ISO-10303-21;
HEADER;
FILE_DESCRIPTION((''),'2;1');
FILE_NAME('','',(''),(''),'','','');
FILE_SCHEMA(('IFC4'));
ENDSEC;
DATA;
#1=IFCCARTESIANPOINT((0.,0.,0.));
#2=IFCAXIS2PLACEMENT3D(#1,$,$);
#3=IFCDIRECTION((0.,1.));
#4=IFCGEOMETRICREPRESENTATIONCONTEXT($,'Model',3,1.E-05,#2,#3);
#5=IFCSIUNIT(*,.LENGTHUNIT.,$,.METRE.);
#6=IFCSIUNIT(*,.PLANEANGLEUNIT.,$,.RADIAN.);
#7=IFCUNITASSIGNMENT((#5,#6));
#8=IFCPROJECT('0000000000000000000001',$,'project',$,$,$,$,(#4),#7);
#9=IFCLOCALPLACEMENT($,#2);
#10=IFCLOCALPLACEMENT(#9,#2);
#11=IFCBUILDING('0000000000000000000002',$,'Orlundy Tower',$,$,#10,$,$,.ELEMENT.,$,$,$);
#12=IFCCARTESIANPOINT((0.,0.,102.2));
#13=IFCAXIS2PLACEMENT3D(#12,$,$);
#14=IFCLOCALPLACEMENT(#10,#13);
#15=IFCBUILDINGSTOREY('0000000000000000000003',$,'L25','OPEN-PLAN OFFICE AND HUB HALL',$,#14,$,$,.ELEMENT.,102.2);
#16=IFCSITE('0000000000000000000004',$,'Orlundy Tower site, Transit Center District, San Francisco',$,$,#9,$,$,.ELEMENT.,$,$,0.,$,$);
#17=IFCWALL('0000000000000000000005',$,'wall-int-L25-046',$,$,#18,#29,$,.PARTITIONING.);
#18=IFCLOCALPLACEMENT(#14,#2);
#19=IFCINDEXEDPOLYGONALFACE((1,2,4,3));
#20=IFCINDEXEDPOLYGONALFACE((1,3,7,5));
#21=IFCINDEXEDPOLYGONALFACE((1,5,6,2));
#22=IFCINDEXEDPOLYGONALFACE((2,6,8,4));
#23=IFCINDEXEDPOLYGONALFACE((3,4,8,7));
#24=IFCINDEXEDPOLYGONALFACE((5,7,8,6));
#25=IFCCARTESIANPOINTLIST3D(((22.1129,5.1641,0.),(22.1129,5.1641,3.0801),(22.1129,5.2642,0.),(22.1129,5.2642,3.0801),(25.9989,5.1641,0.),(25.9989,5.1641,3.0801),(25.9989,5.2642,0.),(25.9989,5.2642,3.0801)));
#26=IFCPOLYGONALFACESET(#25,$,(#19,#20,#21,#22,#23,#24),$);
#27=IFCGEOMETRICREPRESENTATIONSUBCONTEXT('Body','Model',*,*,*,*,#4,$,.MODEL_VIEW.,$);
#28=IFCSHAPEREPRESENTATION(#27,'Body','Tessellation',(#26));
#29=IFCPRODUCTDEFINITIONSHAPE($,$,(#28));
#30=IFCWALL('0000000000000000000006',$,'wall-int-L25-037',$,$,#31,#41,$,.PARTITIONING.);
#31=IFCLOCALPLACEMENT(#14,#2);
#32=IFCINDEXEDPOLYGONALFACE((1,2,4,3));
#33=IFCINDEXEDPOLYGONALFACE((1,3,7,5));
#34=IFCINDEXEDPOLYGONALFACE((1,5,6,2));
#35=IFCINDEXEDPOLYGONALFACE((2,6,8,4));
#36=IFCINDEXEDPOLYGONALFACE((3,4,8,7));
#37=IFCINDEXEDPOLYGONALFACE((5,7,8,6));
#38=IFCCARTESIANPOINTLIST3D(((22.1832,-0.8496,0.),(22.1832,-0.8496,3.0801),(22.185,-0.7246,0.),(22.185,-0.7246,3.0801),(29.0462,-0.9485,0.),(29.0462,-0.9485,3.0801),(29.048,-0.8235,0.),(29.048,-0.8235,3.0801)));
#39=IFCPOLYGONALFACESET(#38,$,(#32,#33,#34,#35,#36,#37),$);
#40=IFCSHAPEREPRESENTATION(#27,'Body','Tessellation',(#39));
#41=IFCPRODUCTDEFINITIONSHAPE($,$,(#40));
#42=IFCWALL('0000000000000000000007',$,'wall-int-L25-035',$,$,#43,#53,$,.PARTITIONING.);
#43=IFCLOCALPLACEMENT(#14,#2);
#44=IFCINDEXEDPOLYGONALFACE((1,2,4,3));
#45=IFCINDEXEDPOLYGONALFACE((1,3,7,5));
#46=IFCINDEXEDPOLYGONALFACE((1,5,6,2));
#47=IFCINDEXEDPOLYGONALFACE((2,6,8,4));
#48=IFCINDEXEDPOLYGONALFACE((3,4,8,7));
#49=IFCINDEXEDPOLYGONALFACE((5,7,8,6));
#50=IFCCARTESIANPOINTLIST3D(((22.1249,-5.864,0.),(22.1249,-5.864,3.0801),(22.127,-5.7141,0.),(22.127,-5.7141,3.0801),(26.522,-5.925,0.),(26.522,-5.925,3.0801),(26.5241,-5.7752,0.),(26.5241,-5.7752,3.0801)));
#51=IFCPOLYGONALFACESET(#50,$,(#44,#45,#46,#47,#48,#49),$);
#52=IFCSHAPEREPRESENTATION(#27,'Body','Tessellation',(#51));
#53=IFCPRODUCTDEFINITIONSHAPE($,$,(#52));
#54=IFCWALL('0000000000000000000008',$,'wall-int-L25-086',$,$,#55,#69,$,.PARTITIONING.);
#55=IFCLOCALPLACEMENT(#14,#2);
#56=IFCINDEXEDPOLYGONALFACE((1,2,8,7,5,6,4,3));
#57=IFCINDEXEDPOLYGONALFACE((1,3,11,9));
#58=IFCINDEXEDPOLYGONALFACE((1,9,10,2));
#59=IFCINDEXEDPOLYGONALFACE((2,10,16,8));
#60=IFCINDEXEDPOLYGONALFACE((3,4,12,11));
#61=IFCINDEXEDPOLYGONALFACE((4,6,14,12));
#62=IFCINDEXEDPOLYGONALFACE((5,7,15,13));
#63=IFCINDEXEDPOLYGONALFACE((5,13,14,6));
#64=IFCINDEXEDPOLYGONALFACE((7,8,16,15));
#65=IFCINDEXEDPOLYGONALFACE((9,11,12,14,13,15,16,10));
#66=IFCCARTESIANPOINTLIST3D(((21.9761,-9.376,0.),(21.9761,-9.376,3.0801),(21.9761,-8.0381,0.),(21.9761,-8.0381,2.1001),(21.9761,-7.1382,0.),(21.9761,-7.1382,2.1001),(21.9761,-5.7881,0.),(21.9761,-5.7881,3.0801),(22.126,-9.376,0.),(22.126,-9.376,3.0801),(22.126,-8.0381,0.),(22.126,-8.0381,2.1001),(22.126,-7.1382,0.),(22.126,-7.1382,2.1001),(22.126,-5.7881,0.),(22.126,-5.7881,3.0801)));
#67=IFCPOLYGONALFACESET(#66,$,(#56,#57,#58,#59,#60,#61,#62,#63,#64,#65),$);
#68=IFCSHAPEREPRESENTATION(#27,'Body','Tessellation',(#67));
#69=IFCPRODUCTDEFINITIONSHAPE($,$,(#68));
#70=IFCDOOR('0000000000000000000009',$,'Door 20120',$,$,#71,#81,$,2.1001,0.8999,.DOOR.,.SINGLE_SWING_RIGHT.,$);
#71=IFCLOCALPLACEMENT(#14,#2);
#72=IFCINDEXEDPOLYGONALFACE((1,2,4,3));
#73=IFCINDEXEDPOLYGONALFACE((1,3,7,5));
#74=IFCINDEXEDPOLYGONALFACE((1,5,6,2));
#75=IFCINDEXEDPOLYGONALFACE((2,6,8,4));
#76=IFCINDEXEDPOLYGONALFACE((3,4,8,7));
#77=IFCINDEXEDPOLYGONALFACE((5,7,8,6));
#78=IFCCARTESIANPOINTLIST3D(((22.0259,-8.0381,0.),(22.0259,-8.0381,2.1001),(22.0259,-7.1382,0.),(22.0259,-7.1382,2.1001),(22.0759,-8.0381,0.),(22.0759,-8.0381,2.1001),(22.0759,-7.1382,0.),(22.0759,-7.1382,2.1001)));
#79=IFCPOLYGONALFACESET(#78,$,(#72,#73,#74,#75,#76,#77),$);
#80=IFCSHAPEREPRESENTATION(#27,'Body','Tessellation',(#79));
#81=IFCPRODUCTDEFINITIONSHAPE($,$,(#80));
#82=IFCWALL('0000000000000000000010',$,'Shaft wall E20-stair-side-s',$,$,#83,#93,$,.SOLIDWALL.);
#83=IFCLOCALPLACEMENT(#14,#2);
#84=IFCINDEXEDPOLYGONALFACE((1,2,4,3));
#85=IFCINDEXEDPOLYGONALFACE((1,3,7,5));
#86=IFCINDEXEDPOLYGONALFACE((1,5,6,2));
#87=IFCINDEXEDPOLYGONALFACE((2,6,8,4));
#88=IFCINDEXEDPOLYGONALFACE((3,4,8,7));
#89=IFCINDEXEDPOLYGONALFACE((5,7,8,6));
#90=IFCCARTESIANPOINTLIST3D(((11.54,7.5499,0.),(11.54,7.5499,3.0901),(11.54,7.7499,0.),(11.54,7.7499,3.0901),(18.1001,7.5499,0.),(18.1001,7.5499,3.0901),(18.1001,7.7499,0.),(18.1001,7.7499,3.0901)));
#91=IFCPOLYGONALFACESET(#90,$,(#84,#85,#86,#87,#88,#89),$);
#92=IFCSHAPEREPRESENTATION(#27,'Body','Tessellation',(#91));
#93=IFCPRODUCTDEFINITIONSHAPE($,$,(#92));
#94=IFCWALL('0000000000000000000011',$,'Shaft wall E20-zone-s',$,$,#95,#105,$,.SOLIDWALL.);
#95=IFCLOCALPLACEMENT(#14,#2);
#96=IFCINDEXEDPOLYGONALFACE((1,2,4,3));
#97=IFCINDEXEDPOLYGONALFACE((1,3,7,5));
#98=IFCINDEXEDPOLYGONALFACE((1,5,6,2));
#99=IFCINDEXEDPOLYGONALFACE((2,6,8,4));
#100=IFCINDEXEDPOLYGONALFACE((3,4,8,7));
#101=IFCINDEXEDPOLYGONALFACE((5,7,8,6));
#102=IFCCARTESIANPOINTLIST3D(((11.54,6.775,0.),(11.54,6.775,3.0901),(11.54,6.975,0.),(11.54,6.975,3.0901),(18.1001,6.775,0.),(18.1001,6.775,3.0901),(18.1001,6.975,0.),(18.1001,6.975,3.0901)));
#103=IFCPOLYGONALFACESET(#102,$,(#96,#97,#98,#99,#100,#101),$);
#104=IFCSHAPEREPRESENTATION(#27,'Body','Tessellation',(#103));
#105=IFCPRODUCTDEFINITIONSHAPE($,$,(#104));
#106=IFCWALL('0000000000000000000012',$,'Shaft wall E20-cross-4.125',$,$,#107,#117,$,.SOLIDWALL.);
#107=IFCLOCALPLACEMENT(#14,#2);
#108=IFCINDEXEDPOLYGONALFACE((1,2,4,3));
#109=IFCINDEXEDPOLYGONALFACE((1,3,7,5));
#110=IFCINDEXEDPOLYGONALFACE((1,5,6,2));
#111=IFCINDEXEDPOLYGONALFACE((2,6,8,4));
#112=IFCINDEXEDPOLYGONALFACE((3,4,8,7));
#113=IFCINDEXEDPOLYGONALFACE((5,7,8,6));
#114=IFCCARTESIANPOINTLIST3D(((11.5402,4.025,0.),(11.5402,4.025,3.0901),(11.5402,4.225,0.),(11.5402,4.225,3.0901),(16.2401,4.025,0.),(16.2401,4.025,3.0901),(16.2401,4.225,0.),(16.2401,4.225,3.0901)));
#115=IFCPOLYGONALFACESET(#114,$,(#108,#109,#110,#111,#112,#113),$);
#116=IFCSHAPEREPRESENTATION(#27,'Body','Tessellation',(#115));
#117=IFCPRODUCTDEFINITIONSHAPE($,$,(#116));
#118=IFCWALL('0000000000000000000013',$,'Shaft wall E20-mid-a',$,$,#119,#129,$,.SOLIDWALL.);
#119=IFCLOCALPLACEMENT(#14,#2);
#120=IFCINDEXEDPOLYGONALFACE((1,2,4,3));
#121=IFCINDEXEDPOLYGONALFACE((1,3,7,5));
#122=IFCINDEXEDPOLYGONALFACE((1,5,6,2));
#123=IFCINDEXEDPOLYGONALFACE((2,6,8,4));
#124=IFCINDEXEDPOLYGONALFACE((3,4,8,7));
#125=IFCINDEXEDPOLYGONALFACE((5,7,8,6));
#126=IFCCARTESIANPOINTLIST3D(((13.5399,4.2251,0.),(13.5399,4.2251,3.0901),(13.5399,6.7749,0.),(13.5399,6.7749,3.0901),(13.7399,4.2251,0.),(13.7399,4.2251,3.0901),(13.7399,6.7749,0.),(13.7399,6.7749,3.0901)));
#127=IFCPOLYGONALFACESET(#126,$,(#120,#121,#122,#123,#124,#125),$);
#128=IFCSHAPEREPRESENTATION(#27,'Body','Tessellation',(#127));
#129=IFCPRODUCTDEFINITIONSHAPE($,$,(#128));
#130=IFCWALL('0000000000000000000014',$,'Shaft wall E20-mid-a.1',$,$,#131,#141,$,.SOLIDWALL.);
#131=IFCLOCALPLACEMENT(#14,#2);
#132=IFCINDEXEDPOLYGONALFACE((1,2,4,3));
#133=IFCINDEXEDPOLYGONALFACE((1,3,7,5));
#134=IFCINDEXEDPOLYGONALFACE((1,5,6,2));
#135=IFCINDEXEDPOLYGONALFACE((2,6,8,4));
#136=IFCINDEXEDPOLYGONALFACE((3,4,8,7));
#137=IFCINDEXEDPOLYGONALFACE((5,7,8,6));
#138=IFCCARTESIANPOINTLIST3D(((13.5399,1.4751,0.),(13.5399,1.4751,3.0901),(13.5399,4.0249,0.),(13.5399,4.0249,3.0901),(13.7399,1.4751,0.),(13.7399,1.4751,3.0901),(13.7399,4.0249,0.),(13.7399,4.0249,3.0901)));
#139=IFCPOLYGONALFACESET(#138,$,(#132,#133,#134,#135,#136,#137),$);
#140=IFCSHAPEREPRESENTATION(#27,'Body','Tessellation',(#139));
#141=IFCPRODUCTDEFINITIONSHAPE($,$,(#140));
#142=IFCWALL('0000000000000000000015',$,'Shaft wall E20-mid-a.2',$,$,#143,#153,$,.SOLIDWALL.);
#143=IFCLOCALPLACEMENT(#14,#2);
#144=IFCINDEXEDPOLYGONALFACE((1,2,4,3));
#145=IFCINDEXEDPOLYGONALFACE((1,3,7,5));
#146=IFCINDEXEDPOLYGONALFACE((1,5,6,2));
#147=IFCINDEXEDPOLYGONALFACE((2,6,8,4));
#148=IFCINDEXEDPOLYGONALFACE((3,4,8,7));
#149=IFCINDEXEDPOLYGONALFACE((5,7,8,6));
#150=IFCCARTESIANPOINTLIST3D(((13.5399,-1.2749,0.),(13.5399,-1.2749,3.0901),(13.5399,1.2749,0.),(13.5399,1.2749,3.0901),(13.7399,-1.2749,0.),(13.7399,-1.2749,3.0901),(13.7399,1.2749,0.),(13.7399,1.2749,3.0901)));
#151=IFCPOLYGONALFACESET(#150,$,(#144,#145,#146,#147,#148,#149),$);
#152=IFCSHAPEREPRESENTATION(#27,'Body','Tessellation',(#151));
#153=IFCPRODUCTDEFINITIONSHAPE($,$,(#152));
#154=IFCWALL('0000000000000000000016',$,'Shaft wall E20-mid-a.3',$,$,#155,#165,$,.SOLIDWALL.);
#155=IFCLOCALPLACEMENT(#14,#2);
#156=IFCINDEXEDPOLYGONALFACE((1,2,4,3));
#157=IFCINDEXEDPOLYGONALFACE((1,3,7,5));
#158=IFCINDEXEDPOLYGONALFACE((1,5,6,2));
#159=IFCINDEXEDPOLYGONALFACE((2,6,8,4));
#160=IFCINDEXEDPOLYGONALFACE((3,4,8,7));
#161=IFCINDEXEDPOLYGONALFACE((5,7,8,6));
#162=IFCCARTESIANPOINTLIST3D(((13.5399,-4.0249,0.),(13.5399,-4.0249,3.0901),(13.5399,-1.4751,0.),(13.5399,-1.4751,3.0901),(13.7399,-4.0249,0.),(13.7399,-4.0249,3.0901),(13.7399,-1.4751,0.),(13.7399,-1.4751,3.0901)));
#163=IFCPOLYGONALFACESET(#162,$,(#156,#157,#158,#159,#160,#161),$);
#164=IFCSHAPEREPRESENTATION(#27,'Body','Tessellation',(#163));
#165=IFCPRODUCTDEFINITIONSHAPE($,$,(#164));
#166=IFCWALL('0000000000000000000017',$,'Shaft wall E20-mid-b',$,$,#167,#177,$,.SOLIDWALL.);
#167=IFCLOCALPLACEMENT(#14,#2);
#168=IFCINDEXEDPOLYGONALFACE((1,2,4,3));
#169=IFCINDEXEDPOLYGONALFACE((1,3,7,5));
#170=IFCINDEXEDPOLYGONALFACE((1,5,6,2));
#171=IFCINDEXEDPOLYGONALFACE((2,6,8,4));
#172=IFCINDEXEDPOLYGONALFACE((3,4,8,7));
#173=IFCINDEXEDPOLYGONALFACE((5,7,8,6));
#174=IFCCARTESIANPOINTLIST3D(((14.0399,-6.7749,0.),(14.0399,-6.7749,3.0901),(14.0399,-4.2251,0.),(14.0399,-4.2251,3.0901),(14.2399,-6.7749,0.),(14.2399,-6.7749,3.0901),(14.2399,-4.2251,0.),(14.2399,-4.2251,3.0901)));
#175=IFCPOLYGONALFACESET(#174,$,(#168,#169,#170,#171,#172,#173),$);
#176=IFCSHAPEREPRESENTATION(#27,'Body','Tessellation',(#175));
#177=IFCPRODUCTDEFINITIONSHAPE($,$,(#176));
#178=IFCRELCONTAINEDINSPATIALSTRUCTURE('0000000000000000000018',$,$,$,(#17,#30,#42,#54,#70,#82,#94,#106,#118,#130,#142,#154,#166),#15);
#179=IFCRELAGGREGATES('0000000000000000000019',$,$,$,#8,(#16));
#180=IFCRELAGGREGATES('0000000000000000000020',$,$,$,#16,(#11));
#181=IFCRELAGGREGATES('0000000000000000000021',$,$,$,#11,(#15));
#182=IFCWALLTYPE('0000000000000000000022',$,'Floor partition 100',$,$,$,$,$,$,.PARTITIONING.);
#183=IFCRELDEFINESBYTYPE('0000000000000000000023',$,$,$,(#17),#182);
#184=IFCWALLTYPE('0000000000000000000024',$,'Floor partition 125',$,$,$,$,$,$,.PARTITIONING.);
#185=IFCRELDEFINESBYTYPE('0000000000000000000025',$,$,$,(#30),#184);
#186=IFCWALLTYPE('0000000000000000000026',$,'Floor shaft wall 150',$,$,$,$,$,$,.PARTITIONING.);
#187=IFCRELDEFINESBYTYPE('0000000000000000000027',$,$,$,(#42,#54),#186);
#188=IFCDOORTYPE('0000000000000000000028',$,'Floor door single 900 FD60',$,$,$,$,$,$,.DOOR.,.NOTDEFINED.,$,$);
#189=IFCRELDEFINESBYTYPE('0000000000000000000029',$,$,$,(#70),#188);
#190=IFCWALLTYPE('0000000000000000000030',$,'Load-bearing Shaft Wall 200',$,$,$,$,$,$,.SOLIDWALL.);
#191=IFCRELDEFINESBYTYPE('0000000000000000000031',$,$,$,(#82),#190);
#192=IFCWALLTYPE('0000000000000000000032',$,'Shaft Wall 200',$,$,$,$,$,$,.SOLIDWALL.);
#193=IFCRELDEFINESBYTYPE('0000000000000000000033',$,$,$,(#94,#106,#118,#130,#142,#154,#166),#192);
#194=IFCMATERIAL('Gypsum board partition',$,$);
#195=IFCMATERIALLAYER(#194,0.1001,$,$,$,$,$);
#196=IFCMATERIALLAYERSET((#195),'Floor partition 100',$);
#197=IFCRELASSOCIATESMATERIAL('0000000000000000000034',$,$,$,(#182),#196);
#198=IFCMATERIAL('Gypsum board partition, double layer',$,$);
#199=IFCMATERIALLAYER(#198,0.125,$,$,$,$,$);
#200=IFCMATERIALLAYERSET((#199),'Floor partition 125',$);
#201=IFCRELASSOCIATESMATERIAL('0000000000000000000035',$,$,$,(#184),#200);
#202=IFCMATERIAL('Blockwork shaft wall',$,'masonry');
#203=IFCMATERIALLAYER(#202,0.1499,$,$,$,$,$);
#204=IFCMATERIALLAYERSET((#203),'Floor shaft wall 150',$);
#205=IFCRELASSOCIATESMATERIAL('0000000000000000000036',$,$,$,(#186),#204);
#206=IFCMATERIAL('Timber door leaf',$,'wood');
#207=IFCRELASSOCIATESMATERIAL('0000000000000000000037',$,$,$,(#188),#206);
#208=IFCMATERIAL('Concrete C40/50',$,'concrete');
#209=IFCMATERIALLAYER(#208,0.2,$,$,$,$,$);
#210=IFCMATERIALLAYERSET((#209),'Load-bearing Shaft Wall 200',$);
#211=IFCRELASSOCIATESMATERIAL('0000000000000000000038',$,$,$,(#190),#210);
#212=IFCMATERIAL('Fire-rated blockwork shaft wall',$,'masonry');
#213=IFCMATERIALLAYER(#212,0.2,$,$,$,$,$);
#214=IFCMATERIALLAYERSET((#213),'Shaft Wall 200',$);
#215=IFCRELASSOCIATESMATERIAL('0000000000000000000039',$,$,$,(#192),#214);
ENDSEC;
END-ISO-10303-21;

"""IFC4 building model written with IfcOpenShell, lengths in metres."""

from ifc_helpers import new_model, si_unit, direction, frame, frame_2d, origin, place, context, subcontext, project, spatial, rectangle, extrude, material, layer, layer_set, type_object, element, fill, save


model = new_model("IFC4")

# Units and contexts
model_context = context("Model", 3, precision=1e-05, world=origin(), true_north=direction((0.0, 1.0)))
body_context = subcontext(model_context, "Body", "Model", "MODEL_VIEW")
ifc_project = project(units=[si_unit("LENGTHUNIT", "METRE"), si_unit("PLANEANGLEUNIT", "RADIAN")], contexts=[model_context])

# Site, building, storey
site_placement = place(None, origin())
site = spatial("IfcSite", under=ifc_project, at=site_placement, Name="Orlundy Tower site, Transit Center District, San Francisco", CompositionType="ELEMENT", RefElevation=0.0)
building_placement = place(site_placement, origin())
building = spatial("IfcBuilding", under=site, at=building_placement, Name="Orlundy Tower", CompositionType="ELEMENT")
storey_placement = place(building_placement, frame((0.0, 0.0, 102.2)))
storey = spatial("IfcBuildingStorey", under=building, at=storey_placement, Name="L25", Description="OPEN-PLAN OFFICE AND HUB HALL", CompositionType="ELEMENT", Elevation=102.2)

# Walls
ifc_material_1 = material(Name="Gypsum board partition")
ifc_layer_1 = layer(ifc_material_1, 0.1001)
ifc_layer_set_1 = layer_set([ifc_layer_1], Name="Floor partition 100")
wall_type_1 = type_object("IfcWallType", Name="Floor partition 100", PredefinedType="PARTITIONING", material=ifc_layer_set_1)
wall_1_placement = place(storey_placement, frame((22.113, 5.2141, 0.0), z_axis=(0.0, 0.0, 1.0), x_axis=(1.0, 0.0, 0.0)))
element("IfcWall", 1, at=wall_1_placement, inside=storey, type_object=wall_type_1, Name="wall-int-L25-046", PredefinedType="PARTITIONING", context=body_context, shape_type="SweptSolid", body=[
    extrude(rectangle(XDim=3.886, YDim=0.1001, at=frame_2d((1.9429, 0.0))), origin(), (0.0, 0.0, 1.0), 3.0801),
])
ifc_material_2 = material(Name="Gypsum board partition, double layer")
ifc_layer_2 = layer(ifc_material_2, 0.125)
ifc_layer_set_2 = layer_set([ifc_layer_2], Name="Floor partition 125")
wall_type_2 = type_object("IfcWallType", Name="Floor partition 125", PredefinedType="PARTITIONING", material=ifc_layer_set_2)
wall_2_placement = place(storey_placement, frame((22.1841, -0.7871, 0.0), z_axis=(0.0, 0.0, 1.0), x_axis=(0.999896, -0.014406, 0.0)))
element("IfcWall", 2, at=wall_2_placement, inside=storey, type_object=wall_type_2, Name="wall-int-L25-037", PredefinedType="PARTITIONING", context=body_context, shape_type="SweptSolid", body=[
    extrude(rectangle(XDim=6.8638, YDim=0.125, at=frame_2d((3.4319, 0.0))), origin(), (0.0, 0.0, 1.0), 3.0801),
])
ifc_material_3 = material(Name="Blockwork shaft wall", Category="masonry")
ifc_layer_3 = layer(ifc_material_3, 0.1499)
ifc_layer_set_3 = layer_set([ifc_layer_3], Name="Floor shaft wall 150")
wall_type_3 = type_object("IfcWallType", Name="Floor shaft wall 150", PredefinedType="PARTITIONING", material=ifc_layer_set_3)
wall_3_placement = place(storey_placement, frame((22.126, -5.7891, 0.0), z_axis=(0.0, 0.0, 1.0), x_axis=(0.999904, -0.01388, 0.0)))
element("IfcWall", 3, at=wall_3_placement, inside=storey, type_object=wall_type_3, Name="wall-int-L25-035", PredefinedType="PARTITIONING", context=body_context, shape_type="SweptSolid", body=[
    extrude(rectangle(XDim=4.3975, YDim=0.1499, at=frame_2d((2.1987, 0.0))), origin(), (0.0, 0.0, 1.0), 3.0801),
])

# Wall, opening, door
wall_4_placement = place(storey_placement, frame((22.051, -5.7881, 0.0), z_axis=(0.0, 0.0, 1.0), x_axis=(0.0, -1.0, 0.0)))
wall_4 = element("IfcWall", 4, at=wall_4_placement, inside=storey, type_object=wall_type_3, Name="wall-int-L25-086", PredefinedType="PARTITIONING", context=body_context, shape_type="SweptSolid", body=[
    extrude(rectangle(XDim=3.5879, YDim=0.1499, at=frame_2d((1.7939, 0.0))), origin(), (0.0, 0.0, 1.0), 3.0801),
])
opening_1_placement = place(wall_4_placement, frame((1.3501, 0.0, 0.0)))
opening_1 = element("IfcOpeningElement", 5, at=opening_1_placement, cuts=wall_4, PredefinedType="OPENING", context=body_context, shape_type="SweptSolid", body=[
    extrude(rectangle(XDim=0.8999, YDim=2.1001, at=frame_2d((0.45, 1.05))), frame((0.0, 0.085, 0.0), z_axis=(0.0, -1.0, 0.0), x_axis=(1.0, 0.0, 0.0)), (0.0, 0.0, 1.0), 0.1699),
])
ifc_material_4 = material(Name="Timber door leaf", Category="wood")
door_type_1 = type_object("IfcDoorType", Name="Floor door single 900 FD60", OperationType="NOTDEFINED", PredefinedType="DOOR", material=ifc_material_4)
door_1_placement = place(opening_1_placement, origin())
door_1 = element("IfcDoor", 6, at=door_1_placement, inside=storey, type_object=door_type_1, Name="Door 20120", OperationType="SINGLE_SWING_RIGHT", OverallHeight=2.1001, OverallWidth=0.8999, PredefinedType="DOOR", context=body_context, shape_type="SweptSolid", body=[
    extrude(rectangle(XDim=0.8999, YDim=2.1001, at=frame_2d((0.45, 1.05))), frame((0.0, 0.0249, 0.0), z_axis=(0.0, -1.0, 0.0), x_axis=(1.0, 0.0, 0.0)), (0.0, 0.0, 1.0), 0.05),
])
fill(opening_1, door_1)

# Walls
ifc_material_5 = material(Name="Concrete C40/50", Category="concrete")
ifc_layer_4 = layer(ifc_material_5, 0.2)
ifc_layer_set_4 = layer_set([ifc_layer_4], Name="Load-bearing Shaft Wall 200")
wall_type_4 = type_object("IfcWallType", Name="Load-bearing Shaft Wall 200", PredefinedType="SOLIDWALL", material=ifc_layer_set_4)
wall_5_placement = place(storey_placement, frame((11.54, 7.6499, 0.0), z_axis=(0.0, 0.0, 1.0), x_axis=(1.0, 0.0, 0.0)))
element("IfcWall", 7, at=wall_5_placement, inside=storey, type_object=wall_type_4, Name="Shaft wall E20-stair-side-s", PredefinedType="SOLIDWALL", context=body_context, shape_type="SweptSolid", body=[
    extrude(rectangle(XDim=6.5601, YDim=0.2, at=frame_2d((3.28, 0.0))), origin(), (0.0, 0.0, 1.0), 3.0901),
])
ifc_material_6 = material(Name="Fire-rated blockwork shaft wall", Category="masonry")
ifc_layer_5 = layer(ifc_material_6, 0.2)
ifc_layer_set_5 = layer_set([ifc_layer_5], Name="Shaft Wall 200")
wall_type_5 = type_object("IfcWallType", Name="Shaft Wall 200", PredefinedType="SOLIDWALL", material=ifc_layer_set_5)
wall_6_placement = place(storey_placement, frame((11.54, 6.875, 0.0), z_axis=(0.0, 0.0, 1.0), x_axis=(1.0, 0.0, 0.0)))
element("IfcWall", 8, at=wall_6_placement, inside=storey, type_object=wall_type_5, Name="Shaft wall E20-zone-s", PredefinedType="SOLIDWALL", context=body_context, shape_type="SweptSolid", body=[
    extrude(rectangle(XDim=6.5601, YDim=0.2, at=frame_2d((3.28, 0.0))), origin(), (0.0, 0.0, 1.0), 3.0901),
])
wall_7_placement = place(storey_placement, frame((11.54, 4.125, 0.0), z_axis=(0.0, 0.0, 1.0), x_axis=(1.0, 0.0, 0.0)))
element("IfcWall", 9, at=wall_7_placement, inside=storey, type_object=wall_type_5, Name="Shaft wall E20-cross-4.125", PredefinedType="SOLIDWALL", context=body_context, shape_type="SweptSolid", body=[
    extrude(rectangle(XDim=4.7, YDim=0.2, at=frame_2d((2.3501, 0.0))), origin(), (0.0, 0.0, 1.0), 3.0901),
])
for number, where, z_axis, x_axis, name in (
    (10, (13.6399, 6.7749, 0.0), (0.0, 0.0, 1.0), (0.0, -1.0, 0.0), "Shaft wall E20-mid-a"),
    (11, (13.6399, 4.0249, 0.0), (0.0, 0.0, 1.0), (0.0, -1.0, 0.0), "Shaft wall E20-mid-a.1"),
    (12, (13.6399, 1.2749, 0.0), (0.0, 0.0, 1.0), (0.0, -1.0, 0.0), "Shaft wall E20-mid-a.2"),
    (13, (13.6399, -1.4751, 0.0), (0.0, 0.0, 1.0), (0.0, -1.0, 0.0), "Shaft wall E20-mid-a.3"),
    (14, (14.1399, -4.2251, 0.0), (0.0, 0.0, 1.0), (0.0, -1.0, 0.0), "Shaft wall E20-mid-b"),
):
    element("IfcWall", number, at=place(storey_placement, frame(where, z_axis=z_axis, x_axis=x_axis)), inside=storey, type_object=wall_type_5, Name=name, PredefinedType="SOLIDWALL", context=body_context, shape_type="SweptSolid", body=[
        extrude(rectangle(XDim=2.5498, YDim=0.2, at=frame_2d((1.2749, 0.0))), origin(), (0.0, 0.0, 1.0), 3.0901),
    ])

save(model, "model.ifc")
